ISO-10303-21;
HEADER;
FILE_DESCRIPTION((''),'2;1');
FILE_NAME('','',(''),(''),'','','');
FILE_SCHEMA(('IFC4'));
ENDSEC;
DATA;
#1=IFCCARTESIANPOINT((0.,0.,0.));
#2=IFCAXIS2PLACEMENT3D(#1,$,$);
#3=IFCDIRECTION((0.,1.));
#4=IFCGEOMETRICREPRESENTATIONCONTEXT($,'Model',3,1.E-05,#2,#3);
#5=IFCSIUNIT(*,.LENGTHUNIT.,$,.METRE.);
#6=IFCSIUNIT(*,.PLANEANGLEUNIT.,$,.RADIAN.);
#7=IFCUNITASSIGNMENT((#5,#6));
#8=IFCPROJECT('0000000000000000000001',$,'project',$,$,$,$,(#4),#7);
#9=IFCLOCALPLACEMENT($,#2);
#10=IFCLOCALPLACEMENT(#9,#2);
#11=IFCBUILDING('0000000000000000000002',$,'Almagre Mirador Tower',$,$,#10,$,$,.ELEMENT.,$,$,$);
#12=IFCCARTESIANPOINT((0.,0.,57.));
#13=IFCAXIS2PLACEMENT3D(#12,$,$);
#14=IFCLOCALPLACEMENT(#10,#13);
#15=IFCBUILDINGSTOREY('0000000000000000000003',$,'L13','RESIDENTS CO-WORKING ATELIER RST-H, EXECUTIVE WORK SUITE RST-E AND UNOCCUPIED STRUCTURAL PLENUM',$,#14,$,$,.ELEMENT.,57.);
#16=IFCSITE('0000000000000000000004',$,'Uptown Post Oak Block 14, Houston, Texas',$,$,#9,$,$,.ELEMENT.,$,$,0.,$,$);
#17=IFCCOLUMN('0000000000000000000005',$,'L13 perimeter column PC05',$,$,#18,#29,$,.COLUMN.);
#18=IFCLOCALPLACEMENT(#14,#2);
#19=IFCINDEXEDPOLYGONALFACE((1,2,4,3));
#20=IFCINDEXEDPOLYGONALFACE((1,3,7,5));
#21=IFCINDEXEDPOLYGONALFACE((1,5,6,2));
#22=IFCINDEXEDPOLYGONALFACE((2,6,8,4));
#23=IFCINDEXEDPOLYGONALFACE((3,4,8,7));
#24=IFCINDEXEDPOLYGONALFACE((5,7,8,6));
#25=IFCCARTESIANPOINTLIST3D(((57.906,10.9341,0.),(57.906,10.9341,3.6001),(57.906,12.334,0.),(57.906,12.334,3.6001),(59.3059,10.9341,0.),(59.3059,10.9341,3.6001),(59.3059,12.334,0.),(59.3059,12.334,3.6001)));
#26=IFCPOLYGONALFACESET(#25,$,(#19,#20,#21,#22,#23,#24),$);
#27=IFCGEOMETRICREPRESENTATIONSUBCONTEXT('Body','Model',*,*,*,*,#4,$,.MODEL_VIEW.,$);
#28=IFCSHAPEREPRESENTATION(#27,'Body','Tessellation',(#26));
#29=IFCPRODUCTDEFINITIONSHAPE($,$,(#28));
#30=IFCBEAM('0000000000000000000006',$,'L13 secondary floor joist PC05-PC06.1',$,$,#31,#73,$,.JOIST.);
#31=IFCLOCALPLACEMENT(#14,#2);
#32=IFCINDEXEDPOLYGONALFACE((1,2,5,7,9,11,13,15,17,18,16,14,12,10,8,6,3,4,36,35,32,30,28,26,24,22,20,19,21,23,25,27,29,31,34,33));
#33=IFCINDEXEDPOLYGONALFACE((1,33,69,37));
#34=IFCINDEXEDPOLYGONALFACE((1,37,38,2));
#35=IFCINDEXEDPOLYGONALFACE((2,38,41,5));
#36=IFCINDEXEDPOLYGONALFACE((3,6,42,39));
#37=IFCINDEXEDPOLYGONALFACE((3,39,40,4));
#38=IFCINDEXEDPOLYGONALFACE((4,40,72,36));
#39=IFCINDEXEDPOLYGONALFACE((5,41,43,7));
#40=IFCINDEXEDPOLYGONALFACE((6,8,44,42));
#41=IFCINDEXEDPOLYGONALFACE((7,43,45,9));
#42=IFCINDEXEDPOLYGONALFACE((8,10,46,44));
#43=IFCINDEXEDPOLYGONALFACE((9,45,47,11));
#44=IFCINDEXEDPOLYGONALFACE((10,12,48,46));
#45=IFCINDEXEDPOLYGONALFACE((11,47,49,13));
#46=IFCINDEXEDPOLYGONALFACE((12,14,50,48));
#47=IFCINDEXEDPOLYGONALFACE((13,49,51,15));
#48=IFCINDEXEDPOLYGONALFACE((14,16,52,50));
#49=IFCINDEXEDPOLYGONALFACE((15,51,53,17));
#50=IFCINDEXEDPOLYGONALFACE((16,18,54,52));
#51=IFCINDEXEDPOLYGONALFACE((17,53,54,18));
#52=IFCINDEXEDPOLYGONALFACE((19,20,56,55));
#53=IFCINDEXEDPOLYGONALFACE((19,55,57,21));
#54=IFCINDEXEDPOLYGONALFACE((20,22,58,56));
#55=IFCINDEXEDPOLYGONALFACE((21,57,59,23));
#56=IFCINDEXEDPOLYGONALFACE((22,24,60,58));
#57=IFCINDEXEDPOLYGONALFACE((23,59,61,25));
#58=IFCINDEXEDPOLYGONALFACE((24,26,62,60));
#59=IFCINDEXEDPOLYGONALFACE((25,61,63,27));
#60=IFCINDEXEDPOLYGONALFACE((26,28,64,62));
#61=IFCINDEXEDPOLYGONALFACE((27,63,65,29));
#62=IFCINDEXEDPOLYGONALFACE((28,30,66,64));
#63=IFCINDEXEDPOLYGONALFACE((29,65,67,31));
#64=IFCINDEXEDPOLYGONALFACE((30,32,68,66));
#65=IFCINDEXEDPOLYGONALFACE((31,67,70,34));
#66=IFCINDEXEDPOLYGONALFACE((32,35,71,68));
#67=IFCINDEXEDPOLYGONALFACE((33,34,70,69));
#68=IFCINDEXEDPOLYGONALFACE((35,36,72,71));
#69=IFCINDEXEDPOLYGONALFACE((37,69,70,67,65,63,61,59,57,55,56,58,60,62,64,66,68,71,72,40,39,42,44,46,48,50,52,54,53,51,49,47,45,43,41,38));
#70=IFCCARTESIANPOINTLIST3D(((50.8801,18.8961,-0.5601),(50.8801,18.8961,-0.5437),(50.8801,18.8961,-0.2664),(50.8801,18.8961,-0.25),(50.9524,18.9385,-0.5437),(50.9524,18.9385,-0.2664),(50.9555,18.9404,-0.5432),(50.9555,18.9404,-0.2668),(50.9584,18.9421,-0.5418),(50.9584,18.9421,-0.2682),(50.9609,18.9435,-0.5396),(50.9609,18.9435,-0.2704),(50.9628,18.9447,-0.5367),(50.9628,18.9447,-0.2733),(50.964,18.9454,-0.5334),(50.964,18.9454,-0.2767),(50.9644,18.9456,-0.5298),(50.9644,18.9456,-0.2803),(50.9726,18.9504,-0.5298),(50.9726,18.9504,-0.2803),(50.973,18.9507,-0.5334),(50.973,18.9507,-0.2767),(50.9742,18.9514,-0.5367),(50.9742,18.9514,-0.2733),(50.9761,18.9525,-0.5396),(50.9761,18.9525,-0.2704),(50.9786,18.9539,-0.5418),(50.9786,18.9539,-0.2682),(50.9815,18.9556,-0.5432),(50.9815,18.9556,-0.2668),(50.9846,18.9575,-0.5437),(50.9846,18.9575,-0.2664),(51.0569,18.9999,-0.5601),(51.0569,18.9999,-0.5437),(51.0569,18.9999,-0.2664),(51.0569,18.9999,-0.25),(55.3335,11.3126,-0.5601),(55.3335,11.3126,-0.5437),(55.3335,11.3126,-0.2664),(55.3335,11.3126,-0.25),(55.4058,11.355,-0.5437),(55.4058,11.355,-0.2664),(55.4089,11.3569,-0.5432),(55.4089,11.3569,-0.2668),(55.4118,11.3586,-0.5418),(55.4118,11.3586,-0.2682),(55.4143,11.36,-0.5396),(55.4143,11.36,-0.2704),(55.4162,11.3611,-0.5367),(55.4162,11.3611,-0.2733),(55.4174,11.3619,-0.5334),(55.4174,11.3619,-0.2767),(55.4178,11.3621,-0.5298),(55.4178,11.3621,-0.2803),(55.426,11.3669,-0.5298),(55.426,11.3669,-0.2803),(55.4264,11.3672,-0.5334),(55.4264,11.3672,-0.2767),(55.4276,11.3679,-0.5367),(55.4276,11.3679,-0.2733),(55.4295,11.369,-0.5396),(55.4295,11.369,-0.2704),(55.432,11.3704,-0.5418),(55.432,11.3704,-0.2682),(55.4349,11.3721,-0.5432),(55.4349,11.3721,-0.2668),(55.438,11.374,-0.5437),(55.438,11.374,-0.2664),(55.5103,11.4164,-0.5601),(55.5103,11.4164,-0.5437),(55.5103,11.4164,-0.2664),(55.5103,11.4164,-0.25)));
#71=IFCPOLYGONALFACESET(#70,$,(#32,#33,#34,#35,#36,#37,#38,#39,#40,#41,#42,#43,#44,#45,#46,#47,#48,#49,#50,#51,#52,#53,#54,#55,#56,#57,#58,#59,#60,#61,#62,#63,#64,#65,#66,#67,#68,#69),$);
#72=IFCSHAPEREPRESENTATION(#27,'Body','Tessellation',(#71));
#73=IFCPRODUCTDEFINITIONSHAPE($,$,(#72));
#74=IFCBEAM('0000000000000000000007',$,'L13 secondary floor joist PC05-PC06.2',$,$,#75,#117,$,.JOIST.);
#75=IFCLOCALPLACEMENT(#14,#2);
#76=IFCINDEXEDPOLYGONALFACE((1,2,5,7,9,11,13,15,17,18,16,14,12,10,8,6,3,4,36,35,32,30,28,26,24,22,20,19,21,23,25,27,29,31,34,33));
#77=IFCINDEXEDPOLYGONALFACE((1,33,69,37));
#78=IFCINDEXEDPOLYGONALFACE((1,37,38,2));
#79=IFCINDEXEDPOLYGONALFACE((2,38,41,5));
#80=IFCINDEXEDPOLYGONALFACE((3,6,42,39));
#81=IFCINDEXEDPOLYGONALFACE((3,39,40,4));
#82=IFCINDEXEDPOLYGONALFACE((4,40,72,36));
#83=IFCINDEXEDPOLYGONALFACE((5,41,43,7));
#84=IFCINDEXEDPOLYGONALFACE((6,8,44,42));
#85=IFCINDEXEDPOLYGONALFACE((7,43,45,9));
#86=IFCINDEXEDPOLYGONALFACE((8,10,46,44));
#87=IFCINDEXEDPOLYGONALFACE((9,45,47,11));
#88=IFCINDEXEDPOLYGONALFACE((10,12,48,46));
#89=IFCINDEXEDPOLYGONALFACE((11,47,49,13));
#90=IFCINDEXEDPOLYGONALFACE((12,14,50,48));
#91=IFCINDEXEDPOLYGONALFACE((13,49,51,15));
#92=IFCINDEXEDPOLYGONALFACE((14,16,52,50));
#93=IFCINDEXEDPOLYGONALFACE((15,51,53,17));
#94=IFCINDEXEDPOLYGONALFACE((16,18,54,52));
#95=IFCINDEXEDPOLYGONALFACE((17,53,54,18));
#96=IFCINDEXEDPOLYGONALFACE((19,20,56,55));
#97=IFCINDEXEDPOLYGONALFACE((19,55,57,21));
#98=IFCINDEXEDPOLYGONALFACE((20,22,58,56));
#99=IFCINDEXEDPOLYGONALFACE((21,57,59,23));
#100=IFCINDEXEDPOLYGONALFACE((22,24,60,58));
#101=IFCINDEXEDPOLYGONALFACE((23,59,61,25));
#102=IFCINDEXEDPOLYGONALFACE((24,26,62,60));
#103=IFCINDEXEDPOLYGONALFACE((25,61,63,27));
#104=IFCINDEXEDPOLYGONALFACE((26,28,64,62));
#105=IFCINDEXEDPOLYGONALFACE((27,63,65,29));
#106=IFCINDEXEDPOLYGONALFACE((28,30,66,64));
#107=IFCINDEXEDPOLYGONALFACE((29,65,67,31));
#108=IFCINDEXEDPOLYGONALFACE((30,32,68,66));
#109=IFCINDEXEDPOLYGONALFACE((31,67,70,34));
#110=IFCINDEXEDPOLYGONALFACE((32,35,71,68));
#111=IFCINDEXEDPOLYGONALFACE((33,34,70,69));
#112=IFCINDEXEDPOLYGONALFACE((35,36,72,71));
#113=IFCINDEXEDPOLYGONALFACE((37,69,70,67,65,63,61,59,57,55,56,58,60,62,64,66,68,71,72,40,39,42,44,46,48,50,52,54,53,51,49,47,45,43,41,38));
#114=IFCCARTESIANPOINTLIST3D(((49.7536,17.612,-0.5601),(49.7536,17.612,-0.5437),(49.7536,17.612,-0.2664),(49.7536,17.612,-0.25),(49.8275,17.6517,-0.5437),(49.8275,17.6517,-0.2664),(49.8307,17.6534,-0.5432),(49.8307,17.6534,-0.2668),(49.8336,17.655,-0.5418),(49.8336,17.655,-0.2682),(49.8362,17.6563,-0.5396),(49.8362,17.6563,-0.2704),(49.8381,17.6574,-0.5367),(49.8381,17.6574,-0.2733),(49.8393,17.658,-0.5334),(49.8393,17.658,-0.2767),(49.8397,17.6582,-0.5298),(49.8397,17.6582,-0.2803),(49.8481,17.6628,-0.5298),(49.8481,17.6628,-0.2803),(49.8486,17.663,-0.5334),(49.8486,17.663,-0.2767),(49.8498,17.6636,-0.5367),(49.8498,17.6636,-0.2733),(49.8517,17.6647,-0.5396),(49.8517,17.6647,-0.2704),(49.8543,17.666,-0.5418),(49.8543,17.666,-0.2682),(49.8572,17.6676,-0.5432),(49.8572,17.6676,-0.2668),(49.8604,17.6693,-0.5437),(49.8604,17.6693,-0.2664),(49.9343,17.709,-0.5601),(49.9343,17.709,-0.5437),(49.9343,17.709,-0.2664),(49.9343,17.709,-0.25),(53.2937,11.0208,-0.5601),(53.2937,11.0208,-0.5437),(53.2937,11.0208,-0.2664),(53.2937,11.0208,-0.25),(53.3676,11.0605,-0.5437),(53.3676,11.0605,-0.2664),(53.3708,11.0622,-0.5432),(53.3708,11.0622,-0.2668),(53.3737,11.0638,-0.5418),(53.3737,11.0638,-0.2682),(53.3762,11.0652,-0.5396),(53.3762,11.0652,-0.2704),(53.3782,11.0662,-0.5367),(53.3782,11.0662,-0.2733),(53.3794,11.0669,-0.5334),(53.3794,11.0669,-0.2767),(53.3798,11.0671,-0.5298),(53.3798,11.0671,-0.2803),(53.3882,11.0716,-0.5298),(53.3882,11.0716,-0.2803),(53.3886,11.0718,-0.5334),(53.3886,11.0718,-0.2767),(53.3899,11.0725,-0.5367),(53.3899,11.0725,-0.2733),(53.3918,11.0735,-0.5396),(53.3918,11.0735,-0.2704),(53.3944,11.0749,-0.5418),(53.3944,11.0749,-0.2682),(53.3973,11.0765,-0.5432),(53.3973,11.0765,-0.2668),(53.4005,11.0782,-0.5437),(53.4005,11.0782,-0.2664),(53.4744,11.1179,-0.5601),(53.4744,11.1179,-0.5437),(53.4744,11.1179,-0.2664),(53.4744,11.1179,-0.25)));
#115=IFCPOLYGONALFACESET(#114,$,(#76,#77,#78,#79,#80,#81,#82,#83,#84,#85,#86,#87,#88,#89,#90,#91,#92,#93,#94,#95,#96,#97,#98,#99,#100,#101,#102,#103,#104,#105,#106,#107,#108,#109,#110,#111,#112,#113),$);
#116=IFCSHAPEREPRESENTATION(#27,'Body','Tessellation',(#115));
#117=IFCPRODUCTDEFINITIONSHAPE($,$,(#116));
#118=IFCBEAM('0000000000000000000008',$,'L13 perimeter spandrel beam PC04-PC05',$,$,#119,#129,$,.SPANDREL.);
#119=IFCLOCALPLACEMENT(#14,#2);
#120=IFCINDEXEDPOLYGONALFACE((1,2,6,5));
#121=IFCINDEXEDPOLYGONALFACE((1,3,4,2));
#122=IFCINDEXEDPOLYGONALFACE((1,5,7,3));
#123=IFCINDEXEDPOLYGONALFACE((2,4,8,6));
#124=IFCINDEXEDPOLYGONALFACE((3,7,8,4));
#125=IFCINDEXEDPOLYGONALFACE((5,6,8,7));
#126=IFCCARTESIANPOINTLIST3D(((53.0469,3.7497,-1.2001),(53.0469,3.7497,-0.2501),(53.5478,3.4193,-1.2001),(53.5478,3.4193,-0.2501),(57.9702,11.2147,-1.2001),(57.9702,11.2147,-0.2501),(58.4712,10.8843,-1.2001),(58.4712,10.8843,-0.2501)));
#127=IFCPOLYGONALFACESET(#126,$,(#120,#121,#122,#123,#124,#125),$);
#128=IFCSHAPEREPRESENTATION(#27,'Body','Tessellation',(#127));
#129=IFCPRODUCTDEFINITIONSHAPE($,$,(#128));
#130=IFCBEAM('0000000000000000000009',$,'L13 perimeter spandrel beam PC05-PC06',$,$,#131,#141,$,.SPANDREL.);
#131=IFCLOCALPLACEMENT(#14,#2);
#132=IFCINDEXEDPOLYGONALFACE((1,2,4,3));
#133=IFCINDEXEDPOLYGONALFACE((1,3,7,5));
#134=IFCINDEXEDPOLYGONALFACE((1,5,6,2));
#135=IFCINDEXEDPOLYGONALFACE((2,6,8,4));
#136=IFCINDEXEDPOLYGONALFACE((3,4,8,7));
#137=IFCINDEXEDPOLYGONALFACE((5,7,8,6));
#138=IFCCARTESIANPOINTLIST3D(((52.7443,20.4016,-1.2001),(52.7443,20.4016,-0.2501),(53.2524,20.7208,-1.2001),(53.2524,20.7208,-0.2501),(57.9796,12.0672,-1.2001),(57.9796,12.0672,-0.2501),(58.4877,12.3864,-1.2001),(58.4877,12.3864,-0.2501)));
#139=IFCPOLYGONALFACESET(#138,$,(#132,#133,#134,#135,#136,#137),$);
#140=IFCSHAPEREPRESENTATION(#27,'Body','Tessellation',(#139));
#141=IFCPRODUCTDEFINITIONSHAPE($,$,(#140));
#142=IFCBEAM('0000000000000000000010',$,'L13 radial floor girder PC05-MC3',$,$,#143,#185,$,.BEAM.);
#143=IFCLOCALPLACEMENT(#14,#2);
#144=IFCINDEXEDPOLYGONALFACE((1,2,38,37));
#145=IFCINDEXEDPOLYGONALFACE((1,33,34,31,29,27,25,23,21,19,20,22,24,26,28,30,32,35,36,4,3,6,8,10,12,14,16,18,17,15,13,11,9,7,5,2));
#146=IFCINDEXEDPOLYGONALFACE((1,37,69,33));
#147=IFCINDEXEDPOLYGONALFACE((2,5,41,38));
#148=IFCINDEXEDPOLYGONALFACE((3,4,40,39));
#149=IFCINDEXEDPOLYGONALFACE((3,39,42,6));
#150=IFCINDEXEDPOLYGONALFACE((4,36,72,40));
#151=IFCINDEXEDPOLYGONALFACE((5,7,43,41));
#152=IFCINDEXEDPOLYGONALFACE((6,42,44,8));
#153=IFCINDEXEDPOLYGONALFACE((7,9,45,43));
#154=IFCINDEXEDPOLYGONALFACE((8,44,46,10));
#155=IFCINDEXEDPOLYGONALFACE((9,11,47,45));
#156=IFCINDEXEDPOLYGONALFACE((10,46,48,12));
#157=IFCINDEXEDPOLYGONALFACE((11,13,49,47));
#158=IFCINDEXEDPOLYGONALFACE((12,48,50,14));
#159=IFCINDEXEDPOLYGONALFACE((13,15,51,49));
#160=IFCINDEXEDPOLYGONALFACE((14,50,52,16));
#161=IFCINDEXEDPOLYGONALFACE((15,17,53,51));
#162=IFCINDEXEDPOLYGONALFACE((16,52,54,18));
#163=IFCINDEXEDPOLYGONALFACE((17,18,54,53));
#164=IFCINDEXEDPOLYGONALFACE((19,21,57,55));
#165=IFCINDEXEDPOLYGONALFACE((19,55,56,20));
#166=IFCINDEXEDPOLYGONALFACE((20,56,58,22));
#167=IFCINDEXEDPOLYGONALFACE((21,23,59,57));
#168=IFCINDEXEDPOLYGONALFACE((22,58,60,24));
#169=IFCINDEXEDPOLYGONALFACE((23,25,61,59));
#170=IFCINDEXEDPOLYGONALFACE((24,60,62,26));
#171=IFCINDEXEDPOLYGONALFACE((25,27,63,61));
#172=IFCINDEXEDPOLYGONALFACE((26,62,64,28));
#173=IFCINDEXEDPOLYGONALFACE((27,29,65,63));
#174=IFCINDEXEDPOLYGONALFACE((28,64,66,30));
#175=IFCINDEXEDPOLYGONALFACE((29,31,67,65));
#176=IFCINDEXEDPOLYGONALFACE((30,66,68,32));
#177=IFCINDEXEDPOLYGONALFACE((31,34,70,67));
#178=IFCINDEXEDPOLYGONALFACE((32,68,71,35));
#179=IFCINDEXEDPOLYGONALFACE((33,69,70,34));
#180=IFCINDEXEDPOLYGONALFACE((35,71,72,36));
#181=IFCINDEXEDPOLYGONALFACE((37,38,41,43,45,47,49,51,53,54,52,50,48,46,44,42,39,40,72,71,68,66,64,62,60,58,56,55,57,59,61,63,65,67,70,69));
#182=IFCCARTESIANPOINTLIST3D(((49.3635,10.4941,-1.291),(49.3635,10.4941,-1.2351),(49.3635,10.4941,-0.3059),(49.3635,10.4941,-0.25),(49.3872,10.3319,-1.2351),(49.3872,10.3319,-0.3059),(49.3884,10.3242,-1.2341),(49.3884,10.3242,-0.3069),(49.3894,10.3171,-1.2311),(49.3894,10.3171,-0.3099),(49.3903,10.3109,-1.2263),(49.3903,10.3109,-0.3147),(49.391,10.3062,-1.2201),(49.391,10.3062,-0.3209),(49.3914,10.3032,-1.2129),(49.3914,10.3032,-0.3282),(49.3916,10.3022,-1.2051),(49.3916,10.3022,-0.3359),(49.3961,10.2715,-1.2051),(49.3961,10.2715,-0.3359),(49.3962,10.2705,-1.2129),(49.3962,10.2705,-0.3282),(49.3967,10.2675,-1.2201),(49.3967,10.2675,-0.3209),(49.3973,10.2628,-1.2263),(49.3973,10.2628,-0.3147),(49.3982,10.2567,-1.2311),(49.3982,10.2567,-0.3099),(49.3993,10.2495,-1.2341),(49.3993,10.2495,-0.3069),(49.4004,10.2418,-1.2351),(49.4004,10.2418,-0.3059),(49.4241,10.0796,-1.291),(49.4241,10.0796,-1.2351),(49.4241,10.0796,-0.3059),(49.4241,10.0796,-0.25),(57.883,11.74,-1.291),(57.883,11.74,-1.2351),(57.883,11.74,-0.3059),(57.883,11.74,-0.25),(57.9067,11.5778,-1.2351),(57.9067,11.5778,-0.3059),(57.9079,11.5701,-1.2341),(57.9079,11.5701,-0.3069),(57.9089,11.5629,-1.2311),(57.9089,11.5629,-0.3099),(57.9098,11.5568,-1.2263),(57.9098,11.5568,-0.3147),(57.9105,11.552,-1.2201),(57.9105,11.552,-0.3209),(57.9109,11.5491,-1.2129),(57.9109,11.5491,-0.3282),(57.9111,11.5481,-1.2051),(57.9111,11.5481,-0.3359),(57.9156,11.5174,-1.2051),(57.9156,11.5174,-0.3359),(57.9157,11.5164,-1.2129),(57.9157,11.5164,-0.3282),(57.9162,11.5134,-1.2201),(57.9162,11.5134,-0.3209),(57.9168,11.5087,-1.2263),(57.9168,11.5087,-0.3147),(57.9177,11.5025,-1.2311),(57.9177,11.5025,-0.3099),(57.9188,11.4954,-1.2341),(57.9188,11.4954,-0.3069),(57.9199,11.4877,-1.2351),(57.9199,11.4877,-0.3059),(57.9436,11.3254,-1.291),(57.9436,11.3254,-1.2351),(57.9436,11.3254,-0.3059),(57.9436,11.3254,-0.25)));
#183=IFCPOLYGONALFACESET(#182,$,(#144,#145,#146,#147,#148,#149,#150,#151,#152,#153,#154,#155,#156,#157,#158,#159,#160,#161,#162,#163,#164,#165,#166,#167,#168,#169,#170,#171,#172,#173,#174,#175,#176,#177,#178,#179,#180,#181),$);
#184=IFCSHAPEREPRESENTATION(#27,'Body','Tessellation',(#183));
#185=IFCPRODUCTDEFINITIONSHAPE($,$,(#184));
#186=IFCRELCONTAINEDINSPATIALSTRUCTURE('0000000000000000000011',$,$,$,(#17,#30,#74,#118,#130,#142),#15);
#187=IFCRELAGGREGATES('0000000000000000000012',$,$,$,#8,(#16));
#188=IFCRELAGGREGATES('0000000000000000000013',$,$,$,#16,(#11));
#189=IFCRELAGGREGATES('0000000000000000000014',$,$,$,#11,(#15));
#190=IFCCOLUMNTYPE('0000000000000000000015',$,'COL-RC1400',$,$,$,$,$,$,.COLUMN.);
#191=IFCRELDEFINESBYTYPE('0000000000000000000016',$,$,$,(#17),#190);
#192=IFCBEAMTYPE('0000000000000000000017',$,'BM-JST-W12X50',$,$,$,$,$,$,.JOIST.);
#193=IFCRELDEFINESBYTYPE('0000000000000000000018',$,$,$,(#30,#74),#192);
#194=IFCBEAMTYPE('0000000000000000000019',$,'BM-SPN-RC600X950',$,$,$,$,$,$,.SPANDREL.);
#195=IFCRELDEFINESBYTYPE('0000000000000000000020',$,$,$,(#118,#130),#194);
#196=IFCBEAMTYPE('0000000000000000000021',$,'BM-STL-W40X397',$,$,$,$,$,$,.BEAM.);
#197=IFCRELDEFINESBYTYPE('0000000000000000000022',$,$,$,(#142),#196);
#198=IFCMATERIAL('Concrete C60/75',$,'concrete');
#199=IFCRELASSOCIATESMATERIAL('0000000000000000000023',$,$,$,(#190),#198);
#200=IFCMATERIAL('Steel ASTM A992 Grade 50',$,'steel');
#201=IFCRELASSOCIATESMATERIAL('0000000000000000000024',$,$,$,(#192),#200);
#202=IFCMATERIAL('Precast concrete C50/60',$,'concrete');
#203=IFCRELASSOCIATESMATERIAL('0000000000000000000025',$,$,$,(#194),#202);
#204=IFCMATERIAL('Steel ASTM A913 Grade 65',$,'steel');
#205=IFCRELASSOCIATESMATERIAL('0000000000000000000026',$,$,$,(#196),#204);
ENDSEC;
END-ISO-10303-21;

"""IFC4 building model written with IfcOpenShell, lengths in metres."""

from ifc_helpers import new_model, si_unit, direction, frame, origin, origin_2d, place, context, subcontext, project, spatial, rectangle, i_section, extrude, material, material_profile, profile_set, type_object, element, save


model = new_model("IFC4")

# Units and contexts
model_context = context("Model", 3, precision=1e-05, world=origin(), true_north=direction((0.0, 1.0)))
body_context = subcontext(model_context, "Body", "Model", "MODEL_VIEW")
ifc_project = project(units=[si_unit("LENGTHUNIT", "METRE"), si_unit("PLANEANGLEUNIT", "RADIAN")], contexts=[model_context])

# Site, building, storey
site_placement = place(None, origin())
site = spatial("IfcSite", under=ifc_project, at=site_placement, Name="Uptown Post Oak Block 14, Houston, Texas", CompositionType="ELEMENT", RefElevation=0.0)
building_placement = place(site_placement, origin())
building = spatial("IfcBuilding", under=site, at=building_placement, Name="Almagre Mirador Tower", CompositionType="ELEMENT")
storey_placement = place(building_placement, frame((0.0, 0.0, 57.0)))
storey = spatial("IfcBuildingStorey", under=building, at=storey_placement, Name="L13", Description="RESIDENTS CO-WORKING ATELIER RST-H, EXECUTIVE WORK SUITE RST-E AND UNOCCUPIED STRUCTURAL PLENUM", CompositionType="ELEMENT", Elevation=57.0)

# Column
ifc_material_1 = material(Name="Concrete C60/75", Category="concrete")
ifc_material_profile_1 = material_profile(ifc_material_1, rectangle(XDim=1.3999, YDim=1.3999, at=origin_2d()), Name="RC1400X1400")
ifc_profile_set_1 = profile_set([ifc_material_profile_1], Name="Concrete C60/75")
column_type = type_object("IfcColumnType", Name="COL-RC1400", PredefinedType="COLUMN", material=ifc_profile_set_1)
column_placement = place(storey_placement, frame((58.606, 11.634, 0.0), z_axis=(0.0, 0.0, 1.0), x_axis=(1.0, 0.0, 0.0)))
element("IfcColumn", 1, at=column_placement, inside=storey, type_object=column_type, Name="L13 perimeter column PC05", PredefinedType="COLUMN", context=body_context, shape_type="SweptSolid", body=[
    extrude(rectangle(XDim=1.3999, YDim=1.3999, at=origin_2d()), origin(), (0.0, 0.0, 1.0), 3.6001),
])

# Beams
ifc_material_2 = material(Name="Steel ASTM A992 Grade 50", Category="steel")
ifc_material_profile_2 = material_profile(ifc_material_2, i_section(OverallWidth=0.2051, OverallDepth=0.3101, WebThickness=0.0095, FlangeThickness=0.0164, FilletRadius=0.0139, at=origin_2d()), Name="W12X50")
ifc_profile_set_2 = profile_set([ifc_material_profile_2], Name="Steel ASTM A992 Grade 50")
beam_type_1 = type_object("IfcBeamType", Name="BM-JST-W12X50", PredefinedType="JOIST", material=ifc_profile_set_2)
beam_1_placement = place(storey_placement, frame((55.4219, 11.3645, -0.405), z_axis=(-0.506385, 0.862307, 0.0), x_axis=(-0.862307, -0.506385, 0.0)))
element("IfcBeam", 2, at=beam_1_placement, inside=storey, type_object=beam_type_1, Name="L13 secondary floor joist PC05-PC06.1", PredefinedType="JOIST", context=body_context, shape_type="SweptSolid", body=[
    extrude(i_section(OverallWidth=0.2051, OverallDepth=0.3101, WebThickness=0.0095, FlangeThickness=0.0164, FilletRadius=0.0139, at=origin_2d()), origin(), (0.0, 0.0, 1.0), 8.7944),
])
beam_2_placement = place(storey_placement, frame((53.384, 11.0693, -0.405), z_axis=(-0.473167, 0.880973, 0.0), x_axis=(-0.880973, -0.473167, 0.0)))
element("IfcBeam", 3, at=beam_2_placement, inside=storey, type_object=beam_type_1, Name="L13 secondary floor joist PC05-PC06.2", PredefinedType="JOIST", context=body_context, shape_type="SweptSolid", body=[
    extrude(i_section(OverallWidth=0.2051, OverallDepth=0.3101, WebThickness=0.0095, FlangeThickness=0.0164, FilletRadius=0.0139, at=origin_2d()), origin(), (0.0, 0.0, 1.0), 7.4817),
])
ifc_material_3 = material(Name="Precast concrete C50/60", Category="concrete")
ifc_material_profile_3 = material_profile(ifc_material_3, rectangle(XDim=0.6001, YDim=0.95, at=origin_2d()), Name="RC600X950")
ifc_profile_set_3 = profile_set([ifc_material_profile_3], Name="Precast concrete C50/60")
beam_type_2 = type_object("IfcBeamType", Name="BM-SPN-RC600X950", PredefinedType="SPANDREL", material=ifc_profile_set_3)
beam_3_placement = place(storey_placement, frame((53.2974, 3.5845, -0.7251), z_axis=(0.55056, 0.834795, 0.0), x_axis=(-0.834795, 0.55056, 0.0)))
element("IfcBeam", 4, at=beam_3_placement, inside=storey, type_object=beam_type_2, Name="L13 perimeter spandrel beam PC04-PC05", PredefinedType="SPANDREL", context=body_context, shape_type="SweptSolid", body=[
    extrude(rectangle(XDim=0.6001, YDim=0.95, at=origin_2d()), origin(), (0.0, 0.0, 1.0), 8.9424),
])
beam_4_placement = place(storey_placement, frame((58.2336, 12.2268, -0.7251), z_axis=(-0.53192, 0.846795, 0.0), x_axis=(-0.846795, -0.53192, 0.0)))
element("IfcBeam", 5, at=beam_4_placement, inside=storey, type_object=beam_type_2, Name="L13 perimeter spandrel beam PC05-PC06", PredefinedType="SPANDREL", context=body_context, shape_type="SweptSolid", body=[
    extrude(rectangle(XDim=0.6001, YDim=0.95, at=origin_2d()), origin(), (0.0, 0.0, 1.0), 9.8423),
])
ifc_material_4 = material(Name="Steel ASTM A913 Grade 65", Category="steel")
ifc_material_profile_4 = material_profile(ifc_material_4, i_section(OverallWidth=0.4189, OverallDepth=1.041, WebThickness=0.031, FlangeThickness=0.0559, FilletRadius=0.03, at=origin_2d()), Name="W40X397")
ifc_profile_set_4 = profile_set([ifc_material_profile_4], Name="Steel ASTM A913 Grade 65")
beam_type_3 = type_object("IfcBeamType", Name="BM-STL-W40X397", PredefinedType="BEAM", material=ifc_profile_set_4)
beam_5_placement = place(storey_placement, frame((57.9133, 11.5327, -0.7705), z_axis=(-0.989476, -0.144696, 0.0), x_axis=(0.144696, -0.989476, 0.0)))
element("IfcBeam", 6, at=beam_5_placement, inside=storey, type_object=beam_type_3, Name="L13 radial floor girder PC05-MC3", PredefinedType="BEAM", context=body_context, shape_type="SweptSolid", body=[
    extrude(i_section(OverallWidth=0.4189, OverallDepth=1.041, WebThickness=0.031, FlangeThickness=0.0559, FilletRadius=0.03, at=origin_2d()), origin(), (0.0, 0.0, 1.0), 8.6101),
])

save(model, "model.ifc")
